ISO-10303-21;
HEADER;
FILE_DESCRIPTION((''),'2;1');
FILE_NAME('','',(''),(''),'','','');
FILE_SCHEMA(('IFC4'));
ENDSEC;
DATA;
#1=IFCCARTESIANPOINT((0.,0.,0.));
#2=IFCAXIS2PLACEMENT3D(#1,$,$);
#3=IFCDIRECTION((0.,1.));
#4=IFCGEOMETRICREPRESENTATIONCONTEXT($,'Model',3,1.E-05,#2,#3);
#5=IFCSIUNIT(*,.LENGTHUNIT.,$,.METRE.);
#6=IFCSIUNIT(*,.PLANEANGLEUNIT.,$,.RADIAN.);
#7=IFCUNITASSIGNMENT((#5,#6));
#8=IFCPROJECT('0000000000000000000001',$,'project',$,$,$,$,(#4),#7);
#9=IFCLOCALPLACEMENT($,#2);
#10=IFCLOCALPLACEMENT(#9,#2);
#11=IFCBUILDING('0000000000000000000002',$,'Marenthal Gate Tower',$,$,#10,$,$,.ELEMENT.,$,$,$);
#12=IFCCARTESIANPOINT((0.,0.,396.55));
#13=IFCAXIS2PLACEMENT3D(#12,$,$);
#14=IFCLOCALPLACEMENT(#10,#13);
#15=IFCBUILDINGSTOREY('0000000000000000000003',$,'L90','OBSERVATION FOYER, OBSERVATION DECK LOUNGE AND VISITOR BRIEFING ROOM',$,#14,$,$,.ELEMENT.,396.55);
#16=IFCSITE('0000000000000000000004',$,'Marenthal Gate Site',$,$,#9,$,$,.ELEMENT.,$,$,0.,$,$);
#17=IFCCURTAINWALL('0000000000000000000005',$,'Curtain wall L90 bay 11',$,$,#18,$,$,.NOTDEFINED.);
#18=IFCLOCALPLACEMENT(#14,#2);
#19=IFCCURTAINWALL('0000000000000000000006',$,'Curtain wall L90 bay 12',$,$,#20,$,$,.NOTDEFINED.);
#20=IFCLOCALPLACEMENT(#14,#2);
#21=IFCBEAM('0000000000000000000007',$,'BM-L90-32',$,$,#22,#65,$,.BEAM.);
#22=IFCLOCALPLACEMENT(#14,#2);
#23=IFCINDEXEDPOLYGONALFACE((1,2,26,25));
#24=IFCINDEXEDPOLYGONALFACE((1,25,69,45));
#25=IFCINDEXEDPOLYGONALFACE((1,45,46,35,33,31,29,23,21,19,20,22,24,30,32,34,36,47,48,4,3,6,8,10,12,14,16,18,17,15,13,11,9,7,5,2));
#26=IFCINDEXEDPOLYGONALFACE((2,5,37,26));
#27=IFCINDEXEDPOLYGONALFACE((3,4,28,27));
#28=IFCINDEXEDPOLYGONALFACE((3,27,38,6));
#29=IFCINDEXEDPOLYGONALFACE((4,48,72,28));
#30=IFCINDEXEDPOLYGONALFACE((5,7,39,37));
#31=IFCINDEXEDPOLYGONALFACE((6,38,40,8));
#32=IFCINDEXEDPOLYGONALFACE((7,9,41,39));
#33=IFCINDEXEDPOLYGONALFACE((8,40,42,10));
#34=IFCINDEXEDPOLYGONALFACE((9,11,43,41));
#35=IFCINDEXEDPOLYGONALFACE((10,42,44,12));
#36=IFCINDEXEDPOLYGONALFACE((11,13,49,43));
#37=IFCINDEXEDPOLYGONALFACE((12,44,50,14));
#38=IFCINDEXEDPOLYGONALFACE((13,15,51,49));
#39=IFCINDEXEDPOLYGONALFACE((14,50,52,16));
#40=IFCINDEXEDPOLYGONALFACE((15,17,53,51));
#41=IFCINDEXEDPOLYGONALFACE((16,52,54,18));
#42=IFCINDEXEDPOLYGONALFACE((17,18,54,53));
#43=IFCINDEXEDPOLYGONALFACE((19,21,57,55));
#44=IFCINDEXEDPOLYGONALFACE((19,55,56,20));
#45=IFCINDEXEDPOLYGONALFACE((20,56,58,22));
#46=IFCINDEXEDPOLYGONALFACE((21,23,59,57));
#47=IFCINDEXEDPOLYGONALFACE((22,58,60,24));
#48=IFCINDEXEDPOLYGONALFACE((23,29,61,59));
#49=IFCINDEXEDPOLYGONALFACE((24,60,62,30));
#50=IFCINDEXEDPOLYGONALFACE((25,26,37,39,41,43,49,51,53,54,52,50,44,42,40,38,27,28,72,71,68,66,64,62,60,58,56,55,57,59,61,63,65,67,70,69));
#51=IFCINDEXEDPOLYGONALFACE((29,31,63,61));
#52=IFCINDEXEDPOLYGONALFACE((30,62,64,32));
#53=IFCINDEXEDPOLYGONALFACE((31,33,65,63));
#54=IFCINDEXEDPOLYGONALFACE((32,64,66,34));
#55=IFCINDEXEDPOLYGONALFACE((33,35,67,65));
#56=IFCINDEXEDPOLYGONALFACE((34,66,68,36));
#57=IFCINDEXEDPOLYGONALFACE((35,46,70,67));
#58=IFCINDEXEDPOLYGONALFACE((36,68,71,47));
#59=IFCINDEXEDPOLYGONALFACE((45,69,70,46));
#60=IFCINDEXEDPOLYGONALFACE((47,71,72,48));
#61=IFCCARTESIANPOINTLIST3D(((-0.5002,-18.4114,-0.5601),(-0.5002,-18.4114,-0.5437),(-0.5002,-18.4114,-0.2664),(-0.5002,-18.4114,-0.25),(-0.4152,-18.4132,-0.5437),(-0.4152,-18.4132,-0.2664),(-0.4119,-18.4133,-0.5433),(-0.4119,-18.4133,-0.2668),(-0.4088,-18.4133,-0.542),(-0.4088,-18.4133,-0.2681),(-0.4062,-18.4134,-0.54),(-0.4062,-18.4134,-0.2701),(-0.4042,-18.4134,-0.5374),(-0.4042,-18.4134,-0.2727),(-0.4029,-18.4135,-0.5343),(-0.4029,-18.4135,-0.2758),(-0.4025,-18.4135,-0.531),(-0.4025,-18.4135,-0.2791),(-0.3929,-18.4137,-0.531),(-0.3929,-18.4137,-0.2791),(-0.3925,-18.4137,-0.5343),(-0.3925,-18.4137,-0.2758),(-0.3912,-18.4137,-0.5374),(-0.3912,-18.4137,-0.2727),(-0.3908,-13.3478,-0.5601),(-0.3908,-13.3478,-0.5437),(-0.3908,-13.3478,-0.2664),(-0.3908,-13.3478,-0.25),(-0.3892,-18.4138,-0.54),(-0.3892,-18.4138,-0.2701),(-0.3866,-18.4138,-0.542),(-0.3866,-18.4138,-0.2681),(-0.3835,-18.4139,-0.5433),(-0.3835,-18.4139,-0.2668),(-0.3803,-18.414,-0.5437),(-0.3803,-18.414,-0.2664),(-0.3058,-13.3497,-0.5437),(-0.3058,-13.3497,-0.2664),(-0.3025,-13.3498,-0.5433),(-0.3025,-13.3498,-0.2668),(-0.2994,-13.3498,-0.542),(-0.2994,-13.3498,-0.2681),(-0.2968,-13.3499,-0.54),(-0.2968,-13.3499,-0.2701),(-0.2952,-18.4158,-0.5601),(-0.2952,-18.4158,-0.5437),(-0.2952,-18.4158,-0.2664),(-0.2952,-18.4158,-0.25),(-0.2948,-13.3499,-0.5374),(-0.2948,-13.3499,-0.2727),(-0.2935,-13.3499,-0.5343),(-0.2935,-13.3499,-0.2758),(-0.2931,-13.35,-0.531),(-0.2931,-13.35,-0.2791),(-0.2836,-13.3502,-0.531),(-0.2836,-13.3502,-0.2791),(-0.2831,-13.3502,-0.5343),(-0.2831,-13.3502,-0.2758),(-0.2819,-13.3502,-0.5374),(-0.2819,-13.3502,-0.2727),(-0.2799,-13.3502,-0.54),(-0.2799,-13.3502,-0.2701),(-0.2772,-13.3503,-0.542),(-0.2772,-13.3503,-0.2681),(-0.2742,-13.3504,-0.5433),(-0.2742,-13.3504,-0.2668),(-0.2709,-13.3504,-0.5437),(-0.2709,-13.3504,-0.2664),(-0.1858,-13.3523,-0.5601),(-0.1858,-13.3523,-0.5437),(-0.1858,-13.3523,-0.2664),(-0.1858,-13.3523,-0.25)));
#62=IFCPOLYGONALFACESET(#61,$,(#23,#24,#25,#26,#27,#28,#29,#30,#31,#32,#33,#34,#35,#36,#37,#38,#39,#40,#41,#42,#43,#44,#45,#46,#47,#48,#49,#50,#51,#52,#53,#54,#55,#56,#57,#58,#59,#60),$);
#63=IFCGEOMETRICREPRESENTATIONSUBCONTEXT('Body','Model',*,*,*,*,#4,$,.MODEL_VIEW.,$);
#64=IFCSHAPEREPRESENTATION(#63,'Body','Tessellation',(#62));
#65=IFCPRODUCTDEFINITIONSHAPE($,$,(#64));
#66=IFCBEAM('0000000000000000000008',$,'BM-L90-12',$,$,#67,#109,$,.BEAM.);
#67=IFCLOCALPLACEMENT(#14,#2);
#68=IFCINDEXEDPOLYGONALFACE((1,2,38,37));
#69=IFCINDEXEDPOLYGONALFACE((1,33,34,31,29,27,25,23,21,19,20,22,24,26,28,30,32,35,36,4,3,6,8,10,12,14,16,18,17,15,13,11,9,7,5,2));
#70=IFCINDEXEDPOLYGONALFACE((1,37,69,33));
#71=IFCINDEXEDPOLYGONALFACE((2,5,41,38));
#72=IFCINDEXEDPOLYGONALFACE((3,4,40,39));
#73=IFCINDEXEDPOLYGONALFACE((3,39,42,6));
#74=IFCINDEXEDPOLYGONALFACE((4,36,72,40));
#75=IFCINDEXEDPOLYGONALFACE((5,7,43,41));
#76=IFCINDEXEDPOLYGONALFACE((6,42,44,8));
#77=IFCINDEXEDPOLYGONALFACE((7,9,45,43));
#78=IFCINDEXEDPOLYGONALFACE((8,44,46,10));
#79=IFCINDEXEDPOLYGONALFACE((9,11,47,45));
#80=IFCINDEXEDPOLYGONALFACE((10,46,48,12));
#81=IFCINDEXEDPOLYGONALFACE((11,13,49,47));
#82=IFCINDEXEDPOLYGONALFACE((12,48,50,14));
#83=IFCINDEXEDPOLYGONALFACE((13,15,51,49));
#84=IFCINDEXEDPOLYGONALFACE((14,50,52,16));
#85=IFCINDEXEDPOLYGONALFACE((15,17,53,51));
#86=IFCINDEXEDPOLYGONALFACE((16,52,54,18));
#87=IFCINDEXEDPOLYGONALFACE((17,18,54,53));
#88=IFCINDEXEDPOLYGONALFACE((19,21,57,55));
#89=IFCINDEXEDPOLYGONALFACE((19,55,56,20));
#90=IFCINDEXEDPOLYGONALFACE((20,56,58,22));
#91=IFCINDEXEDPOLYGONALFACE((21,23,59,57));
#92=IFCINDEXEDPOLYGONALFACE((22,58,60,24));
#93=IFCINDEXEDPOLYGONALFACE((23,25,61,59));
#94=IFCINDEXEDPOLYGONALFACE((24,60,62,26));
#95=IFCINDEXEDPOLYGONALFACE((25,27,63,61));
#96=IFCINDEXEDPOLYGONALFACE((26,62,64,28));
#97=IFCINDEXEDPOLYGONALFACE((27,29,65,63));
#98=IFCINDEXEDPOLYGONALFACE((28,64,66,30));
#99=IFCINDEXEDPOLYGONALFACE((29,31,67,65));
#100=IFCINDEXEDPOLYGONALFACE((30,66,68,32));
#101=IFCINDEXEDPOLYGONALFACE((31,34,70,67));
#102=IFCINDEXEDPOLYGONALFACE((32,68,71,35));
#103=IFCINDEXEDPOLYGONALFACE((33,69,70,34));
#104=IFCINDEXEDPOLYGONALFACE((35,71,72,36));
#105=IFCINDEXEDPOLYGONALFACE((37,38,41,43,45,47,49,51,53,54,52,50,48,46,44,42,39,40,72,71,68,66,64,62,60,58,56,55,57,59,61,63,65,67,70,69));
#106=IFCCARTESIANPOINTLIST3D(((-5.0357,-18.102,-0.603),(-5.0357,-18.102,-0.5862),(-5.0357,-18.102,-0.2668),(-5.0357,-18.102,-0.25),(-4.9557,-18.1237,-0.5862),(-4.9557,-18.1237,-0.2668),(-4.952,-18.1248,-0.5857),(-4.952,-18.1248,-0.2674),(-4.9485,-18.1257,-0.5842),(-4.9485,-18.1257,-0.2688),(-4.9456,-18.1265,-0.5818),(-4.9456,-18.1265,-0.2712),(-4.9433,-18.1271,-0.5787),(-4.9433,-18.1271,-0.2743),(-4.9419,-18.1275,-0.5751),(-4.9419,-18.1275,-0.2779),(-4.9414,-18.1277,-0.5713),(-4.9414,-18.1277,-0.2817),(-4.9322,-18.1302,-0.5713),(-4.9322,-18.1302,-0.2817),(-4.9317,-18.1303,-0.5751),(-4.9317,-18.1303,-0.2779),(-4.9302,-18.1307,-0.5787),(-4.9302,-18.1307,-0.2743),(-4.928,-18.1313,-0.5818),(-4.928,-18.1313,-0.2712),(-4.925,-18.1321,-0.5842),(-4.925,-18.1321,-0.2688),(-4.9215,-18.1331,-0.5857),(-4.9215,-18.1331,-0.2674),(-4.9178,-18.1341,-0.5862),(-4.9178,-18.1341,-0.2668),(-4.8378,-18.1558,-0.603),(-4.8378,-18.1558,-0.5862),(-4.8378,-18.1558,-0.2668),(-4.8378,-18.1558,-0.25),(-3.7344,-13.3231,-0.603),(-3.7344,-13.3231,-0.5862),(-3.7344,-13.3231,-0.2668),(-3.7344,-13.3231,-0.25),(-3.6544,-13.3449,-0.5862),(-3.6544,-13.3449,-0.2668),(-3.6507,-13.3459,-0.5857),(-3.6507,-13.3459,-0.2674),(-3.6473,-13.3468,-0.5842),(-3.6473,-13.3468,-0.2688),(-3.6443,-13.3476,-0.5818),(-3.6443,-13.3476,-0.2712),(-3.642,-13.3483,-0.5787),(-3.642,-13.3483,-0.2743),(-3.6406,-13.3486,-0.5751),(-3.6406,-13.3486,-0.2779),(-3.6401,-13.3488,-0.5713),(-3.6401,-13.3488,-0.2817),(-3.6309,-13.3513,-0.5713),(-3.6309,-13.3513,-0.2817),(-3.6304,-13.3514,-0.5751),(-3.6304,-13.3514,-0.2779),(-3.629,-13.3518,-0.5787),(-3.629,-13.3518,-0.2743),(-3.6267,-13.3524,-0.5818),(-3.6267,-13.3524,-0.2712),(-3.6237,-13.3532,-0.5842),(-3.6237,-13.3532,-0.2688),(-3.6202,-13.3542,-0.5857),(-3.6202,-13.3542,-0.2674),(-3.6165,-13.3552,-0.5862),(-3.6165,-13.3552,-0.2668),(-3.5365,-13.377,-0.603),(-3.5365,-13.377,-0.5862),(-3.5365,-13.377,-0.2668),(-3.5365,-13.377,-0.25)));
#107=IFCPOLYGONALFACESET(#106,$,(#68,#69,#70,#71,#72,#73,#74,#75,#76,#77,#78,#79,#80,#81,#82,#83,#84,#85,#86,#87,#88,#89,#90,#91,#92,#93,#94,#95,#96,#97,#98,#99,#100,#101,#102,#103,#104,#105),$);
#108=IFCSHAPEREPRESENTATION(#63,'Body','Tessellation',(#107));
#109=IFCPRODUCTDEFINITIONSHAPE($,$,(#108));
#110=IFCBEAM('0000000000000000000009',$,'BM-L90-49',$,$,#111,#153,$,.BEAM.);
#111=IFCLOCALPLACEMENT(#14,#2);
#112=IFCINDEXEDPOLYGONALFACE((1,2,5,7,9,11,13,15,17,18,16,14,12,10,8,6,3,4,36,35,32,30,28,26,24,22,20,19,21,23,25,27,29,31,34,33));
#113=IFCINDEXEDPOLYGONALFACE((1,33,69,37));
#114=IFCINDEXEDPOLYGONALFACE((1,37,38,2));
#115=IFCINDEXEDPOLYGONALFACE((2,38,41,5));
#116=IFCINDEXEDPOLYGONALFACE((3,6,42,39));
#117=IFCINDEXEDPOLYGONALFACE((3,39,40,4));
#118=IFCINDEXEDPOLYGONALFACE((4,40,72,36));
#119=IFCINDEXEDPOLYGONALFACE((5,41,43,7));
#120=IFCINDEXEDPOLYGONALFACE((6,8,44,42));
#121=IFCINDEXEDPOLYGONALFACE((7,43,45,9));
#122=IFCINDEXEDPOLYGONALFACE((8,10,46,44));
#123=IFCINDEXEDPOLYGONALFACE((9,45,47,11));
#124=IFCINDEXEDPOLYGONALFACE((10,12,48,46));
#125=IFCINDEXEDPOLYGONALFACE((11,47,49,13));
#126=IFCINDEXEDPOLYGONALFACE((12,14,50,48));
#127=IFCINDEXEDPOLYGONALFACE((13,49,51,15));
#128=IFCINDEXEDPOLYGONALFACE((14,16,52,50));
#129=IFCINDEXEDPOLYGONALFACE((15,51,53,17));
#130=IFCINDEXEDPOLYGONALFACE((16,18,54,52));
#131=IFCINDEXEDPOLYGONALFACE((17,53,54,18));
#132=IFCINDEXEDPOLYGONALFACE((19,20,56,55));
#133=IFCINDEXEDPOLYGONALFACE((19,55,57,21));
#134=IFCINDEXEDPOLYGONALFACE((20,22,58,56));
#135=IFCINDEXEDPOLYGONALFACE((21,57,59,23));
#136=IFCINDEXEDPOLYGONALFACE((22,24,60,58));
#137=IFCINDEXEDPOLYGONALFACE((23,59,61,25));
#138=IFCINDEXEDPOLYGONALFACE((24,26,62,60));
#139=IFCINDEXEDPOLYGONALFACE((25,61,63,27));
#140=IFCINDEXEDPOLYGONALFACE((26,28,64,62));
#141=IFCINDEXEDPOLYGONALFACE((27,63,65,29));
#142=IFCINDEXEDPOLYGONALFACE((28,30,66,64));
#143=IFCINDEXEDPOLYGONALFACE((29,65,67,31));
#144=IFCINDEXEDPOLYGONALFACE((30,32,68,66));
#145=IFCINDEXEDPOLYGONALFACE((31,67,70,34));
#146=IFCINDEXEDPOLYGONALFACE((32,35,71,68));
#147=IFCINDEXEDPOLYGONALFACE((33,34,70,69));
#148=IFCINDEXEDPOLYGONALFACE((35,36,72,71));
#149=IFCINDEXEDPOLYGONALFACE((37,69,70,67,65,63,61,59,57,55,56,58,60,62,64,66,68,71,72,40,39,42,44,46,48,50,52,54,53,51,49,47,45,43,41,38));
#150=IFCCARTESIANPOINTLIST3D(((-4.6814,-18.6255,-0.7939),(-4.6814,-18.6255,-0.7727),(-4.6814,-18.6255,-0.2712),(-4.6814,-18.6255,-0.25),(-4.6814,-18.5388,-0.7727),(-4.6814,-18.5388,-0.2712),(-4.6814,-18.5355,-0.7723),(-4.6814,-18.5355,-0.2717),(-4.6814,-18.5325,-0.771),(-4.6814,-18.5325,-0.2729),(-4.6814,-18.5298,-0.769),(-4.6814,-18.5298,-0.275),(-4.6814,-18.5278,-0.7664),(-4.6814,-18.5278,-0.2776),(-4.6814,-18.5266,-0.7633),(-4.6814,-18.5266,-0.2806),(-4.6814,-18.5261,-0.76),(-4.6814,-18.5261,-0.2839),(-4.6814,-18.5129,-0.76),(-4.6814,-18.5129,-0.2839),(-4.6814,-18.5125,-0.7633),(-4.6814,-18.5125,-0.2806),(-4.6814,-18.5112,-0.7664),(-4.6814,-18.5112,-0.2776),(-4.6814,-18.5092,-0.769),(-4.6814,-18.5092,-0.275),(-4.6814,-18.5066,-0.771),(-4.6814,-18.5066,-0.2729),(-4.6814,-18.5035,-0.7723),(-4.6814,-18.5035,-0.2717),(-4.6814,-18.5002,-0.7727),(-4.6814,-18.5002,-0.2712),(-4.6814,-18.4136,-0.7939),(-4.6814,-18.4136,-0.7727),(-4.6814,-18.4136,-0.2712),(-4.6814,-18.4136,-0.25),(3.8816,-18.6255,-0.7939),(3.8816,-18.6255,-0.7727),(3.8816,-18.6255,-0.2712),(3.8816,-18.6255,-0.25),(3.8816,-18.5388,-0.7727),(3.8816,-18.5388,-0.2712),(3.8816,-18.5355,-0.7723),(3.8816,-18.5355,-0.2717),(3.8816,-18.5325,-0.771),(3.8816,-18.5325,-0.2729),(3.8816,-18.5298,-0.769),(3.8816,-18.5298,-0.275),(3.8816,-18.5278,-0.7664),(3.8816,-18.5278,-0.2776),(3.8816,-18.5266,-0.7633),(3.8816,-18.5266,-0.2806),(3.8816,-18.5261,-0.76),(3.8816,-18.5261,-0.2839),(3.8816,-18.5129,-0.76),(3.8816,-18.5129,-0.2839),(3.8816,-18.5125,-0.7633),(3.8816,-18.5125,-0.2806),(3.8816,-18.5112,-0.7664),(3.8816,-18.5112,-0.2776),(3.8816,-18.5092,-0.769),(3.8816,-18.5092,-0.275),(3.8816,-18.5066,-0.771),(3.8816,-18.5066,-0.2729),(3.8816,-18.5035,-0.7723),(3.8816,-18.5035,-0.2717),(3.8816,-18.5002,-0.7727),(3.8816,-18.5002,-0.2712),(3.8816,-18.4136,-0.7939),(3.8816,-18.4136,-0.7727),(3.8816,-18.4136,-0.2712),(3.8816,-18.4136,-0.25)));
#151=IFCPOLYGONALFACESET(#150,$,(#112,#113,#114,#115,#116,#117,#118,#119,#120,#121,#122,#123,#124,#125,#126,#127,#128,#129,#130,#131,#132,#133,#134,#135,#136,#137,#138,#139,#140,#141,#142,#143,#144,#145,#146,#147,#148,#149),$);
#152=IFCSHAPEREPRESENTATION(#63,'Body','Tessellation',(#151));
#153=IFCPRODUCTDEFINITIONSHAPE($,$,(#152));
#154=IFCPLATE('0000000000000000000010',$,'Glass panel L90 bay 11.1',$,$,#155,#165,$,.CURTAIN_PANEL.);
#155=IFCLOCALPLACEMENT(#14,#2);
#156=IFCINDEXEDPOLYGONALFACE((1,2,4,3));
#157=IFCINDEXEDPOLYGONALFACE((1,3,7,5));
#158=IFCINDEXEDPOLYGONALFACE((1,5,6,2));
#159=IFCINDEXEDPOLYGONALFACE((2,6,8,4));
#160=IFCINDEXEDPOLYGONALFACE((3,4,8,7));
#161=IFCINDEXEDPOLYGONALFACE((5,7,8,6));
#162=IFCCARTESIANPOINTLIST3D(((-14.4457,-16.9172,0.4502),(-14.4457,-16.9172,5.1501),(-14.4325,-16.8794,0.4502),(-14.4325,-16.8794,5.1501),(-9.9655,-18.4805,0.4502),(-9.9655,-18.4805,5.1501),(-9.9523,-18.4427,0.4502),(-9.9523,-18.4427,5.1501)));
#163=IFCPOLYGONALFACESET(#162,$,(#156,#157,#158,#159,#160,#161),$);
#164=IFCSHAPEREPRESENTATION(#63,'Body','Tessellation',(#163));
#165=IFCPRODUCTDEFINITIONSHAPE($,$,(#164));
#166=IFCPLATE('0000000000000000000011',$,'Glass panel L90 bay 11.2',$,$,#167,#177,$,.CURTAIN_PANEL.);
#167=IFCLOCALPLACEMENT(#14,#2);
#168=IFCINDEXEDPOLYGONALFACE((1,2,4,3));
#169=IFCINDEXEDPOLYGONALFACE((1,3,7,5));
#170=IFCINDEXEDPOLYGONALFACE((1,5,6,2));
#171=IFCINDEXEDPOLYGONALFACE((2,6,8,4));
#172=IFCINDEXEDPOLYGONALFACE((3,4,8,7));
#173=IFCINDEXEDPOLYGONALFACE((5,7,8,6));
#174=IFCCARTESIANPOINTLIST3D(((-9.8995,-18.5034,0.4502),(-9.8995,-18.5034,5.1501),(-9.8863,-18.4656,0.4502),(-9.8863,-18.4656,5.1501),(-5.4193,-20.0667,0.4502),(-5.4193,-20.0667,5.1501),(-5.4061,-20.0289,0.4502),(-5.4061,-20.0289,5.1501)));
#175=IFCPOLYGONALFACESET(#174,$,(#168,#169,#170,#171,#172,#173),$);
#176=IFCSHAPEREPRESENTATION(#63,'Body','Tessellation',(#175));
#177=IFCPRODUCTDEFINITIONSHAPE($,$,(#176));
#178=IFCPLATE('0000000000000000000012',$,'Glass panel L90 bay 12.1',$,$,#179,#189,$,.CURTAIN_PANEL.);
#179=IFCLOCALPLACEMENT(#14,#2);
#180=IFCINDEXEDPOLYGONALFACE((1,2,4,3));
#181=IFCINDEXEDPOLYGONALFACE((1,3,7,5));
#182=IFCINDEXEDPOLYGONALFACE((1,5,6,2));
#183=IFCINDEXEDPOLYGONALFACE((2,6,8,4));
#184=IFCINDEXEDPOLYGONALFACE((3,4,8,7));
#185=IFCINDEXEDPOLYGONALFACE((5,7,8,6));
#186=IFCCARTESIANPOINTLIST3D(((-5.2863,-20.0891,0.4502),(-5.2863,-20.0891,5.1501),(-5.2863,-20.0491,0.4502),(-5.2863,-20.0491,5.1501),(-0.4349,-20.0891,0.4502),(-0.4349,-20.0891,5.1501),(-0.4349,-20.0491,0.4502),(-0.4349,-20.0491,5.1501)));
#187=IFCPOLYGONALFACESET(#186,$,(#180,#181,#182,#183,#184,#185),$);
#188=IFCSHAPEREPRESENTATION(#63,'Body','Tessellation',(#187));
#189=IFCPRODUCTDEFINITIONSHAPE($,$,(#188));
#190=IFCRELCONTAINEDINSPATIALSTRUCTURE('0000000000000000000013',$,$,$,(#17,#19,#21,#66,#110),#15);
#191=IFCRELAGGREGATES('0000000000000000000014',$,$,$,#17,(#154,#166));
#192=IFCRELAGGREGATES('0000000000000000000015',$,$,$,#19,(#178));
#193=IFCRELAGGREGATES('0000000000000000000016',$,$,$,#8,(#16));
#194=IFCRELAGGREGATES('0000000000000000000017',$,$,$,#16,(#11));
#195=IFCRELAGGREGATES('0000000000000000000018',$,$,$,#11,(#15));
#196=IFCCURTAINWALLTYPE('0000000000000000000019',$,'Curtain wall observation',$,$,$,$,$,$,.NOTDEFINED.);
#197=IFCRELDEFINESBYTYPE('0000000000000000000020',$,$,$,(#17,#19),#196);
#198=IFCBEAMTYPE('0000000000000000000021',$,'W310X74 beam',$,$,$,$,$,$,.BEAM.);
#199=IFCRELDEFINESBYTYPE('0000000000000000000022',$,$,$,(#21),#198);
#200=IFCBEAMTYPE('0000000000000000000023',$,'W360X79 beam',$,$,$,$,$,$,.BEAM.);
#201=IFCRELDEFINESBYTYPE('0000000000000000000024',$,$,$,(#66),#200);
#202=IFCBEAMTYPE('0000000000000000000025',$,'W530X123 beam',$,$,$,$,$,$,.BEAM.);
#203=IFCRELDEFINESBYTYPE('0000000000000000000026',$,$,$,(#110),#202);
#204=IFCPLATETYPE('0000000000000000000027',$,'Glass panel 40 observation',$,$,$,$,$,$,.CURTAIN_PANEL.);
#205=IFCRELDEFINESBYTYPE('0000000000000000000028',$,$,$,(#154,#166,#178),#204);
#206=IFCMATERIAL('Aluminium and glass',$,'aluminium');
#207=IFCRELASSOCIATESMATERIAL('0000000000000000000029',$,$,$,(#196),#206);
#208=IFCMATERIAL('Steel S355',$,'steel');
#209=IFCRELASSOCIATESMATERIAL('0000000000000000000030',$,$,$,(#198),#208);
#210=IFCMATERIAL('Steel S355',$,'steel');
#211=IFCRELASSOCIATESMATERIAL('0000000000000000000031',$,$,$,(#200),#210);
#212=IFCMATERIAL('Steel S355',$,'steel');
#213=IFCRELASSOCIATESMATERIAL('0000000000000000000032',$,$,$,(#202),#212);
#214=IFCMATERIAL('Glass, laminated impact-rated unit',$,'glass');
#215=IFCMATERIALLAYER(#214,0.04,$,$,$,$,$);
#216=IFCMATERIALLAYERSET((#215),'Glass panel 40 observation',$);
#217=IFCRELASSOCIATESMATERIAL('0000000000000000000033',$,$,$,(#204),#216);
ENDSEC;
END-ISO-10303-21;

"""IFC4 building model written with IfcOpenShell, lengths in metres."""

from ifc_helpers import new_model, si_unit, direction, frame, origin, origin_2d, place, context, subcontext, project, spatial, rectangle, i_section, extrude, material, layer, layer_set, material_profile, profile_set, type_object, element, aggregate, save


model = new_model("IFC4")

# Units and contexts
model_context = context("Model", 3, precision=1e-05, world=origin(), true_north=direction((0.0, 1.0)))
body_context = subcontext(model_context, "Body", "Model", "MODEL_VIEW")
ifc_project = project(units=[si_unit("LENGTHUNIT", "METRE"), si_unit("PLANEANGLEUNIT", "RADIAN")], contexts=[model_context])

# Site, building, storey
site_placement = place(None, origin())
site = spatial("IfcSite", under=ifc_project, at=site_placement, Name="Marenthal Gate Site", CompositionType="ELEMENT", RefElevation=0.0)
building_placement = place(site_placement, origin())
building = spatial("IfcBuilding", under=site, at=building_placement, Name="Marenthal Gate Tower", CompositionType="ELEMENT")
storey_placement = place(building_placement, frame((0.0, 0.0, 396.55)))
storey = spatial("IfcBuildingStorey", under=building, at=storey_placement, Name="L90", Description="OBSERVATION FOYER, OBSERVATION DECK LOUNGE AND VISITOR BRIEFING ROOM", CompositionType="ELEMENT", Elevation=396.55)

# Curtain walls
ifc_material_1 = material(Name="Aluminium and glass", Category="aluminium")
curtain_wall_type = type_object("IfcCurtainWallType", Name="Curtain wall observation", PredefinedType="NOTDEFINED", material=ifc_material_1)
curtain_wall_1_placement = place(storey_placement, origin())
curtain_wall_1 = element("IfcCurtainWall", 1, at=curtain_wall_1_placement, inside=storey, type_object=curtain_wall_type, Name="Curtain wall L90 bay 11", PredefinedType="NOTDEFINED")
curtain_wall_2_placement = place(storey_placement, origin())
curtain_wall_2 = element("IfcCurtainWall", 2, at=curtain_wall_2_placement, inside=storey, type_object=curtain_wall_type, Name="Curtain wall L90 bay 12", PredefinedType="NOTDEFINED")

# Beams
ifc_material_2 = material(Name="Steel S355", Category="steel")
ifc_material_profile_1 = material_profile(ifc_material_2, i_section(OverallWidth=0.2051, OverallDepth=0.3101, WebThickness=0.0095, FlangeThickness=0.0164, FilletRadius=0.0127, at=origin_2d()), Name="W310X74")
ifc_profile_set_1 = profile_set([ifc_material_profile_1], Name="Steel S355")
beam_type_1 = type_object("IfcBeamType", Name="W310X74 beam", PredefinedType="BEAM", material=ifc_profile_set_1)
beam_1_placement = place(storey_placement, frame((-0.3977, -18.4136, -0.405), z_axis=(0.021596, 0.999767, 0.0), x_axis=(-0.999767, 0.021596, 0.0)))
element("IfcBeam", 3, at=beam_1_placement, inside=storey, type_object=beam_type_1, Name="BM-L90-32", PredefinedType="BEAM", context=body_context, shape_type="SweptSolid", body=[
    extrude(i_section(OverallWidth=0.2051, OverallDepth=0.3101, WebThickness=0.0095, FlangeThickness=0.0164, FilletRadius=0.0127, at=origin_2d()), origin(), (0.0, 0.0, 1.0), 5.0647),
])
ifc_material_3 = material(Name="Steel S355", Category="steel")
ifc_material_profile_2 = material_profile(ifc_material_3, i_section(OverallWidth=0.2051, OverallDepth=0.353, WebThickness=0.0095, FlangeThickness=0.0168, FilletRadius=0.0149, at=origin_2d()), Name="W360X79")
ifc_profile_set_2 = profile_set([ifc_material_profile_2], Name="Steel S355")
beam_type_2 = type_object("IfcBeamType", Name="W360X79 beam", PredefinedType="BEAM", material=ifc_profile_set_2)
beam_2_placement = place(storey_placement, frame((-4.9368, -18.1289, -0.4265), z_axis=(0.262734, 0.964868, 0.0), x_axis=(-0.964868, 0.262734, 0.0)))
element("IfcBeam", 4, at=beam_2_placement, inside=storey, type_object=beam_type_2, Name="BM-L90-12", PredefinedType="BEAM", context=body_context, shape_type="SweptSolid", body=[
    extrude(i_section(OverallWidth=0.2051, OverallDepth=0.353, WebThickness=0.0095, FlangeThickness=0.0168, FilletRadius=0.0149, at=origin_2d()), origin(), (0.0, 0.0, 1.0), 4.9529),
])
ifc_material_4 = material(Name="Steel S355", Category="steel")
ifc_material_profile_3 = material_profile(ifc_material_4, i_section(OverallWidth=0.2119, OverallDepth=0.5439, WebThickness=0.0132, FlangeThickness=0.0212, FilletRadius=0.0127, at=origin_2d()), Name="W530X123")
ifc_profile_set_3 = profile_set([ifc_material_profile_3], Name="Steel S355")
beam_type_3 = type_object("IfcBeamType", Name="W530X123 beam", PredefinedType="BEAM", material=ifc_profile_set_3)
beam_3_placement = place(storey_placement, frame((-4.6814, -18.5195, -0.522), z_axis=(1.0, 0.0, 0.0), x_axis=(0.0, 1.0, 0.0)))
element("IfcBeam", 5, at=beam_3_placement, inside=storey, type_object=beam_type_3, Name="BM-L90-49", PredefinedType="BEAM", context=body_context, shape_type="SweptSolid", body=[
    extrude(i_section(OverallWidth=0.2119, OverallDepth=0.5439, WebThickness=0.0132, FlangeThickness=0.0212, FilletRadius=0.0127, at=origin_2d()), origin(), (0.0, 0.0, 1.0), 8.563),
])

# Plates
ifc_material_5 = material(Name="Glass, laminated impact-rated unit", Category="glass")
ifc_layer_1 = layer(ifc_material_5, 0.04)
ifc_layer_set_1 = layer_set([ifc_layer_1], Name="Glass panel 40 observation")
plate_type = type_object("IfcPlateType", Name="Glass panel 40 observation", PredefinedType="CURTAIN_PANEL", material=ifc_layer_set_1)
plate_1_placement = place(storey_placement, frame((-12.199, -17.6799, 0.4502), z_axis=(0.0, 0.0, 1.0), x_axis=(0.944172, -0.329454, 0.0)))
plate_1 = element("IfcPlate", 6, at=plate_1_placement, type_object=plate_type, Name="Glass panel L90 bay 11.1", PredefinedType="CURTAIN_PANEL", context=body_context, shape_type="SweptSolid", body=[
    extrude(rectangle(XDim=4.7451, YDim=0.04, at=origin_2d()), origin(), (0.0, 0.0, 1.0), 4.7),
])
plate_2_placement = place(storey_placement, frame((-7.6528, -19.2661, 0.4502), z_axis=(0.0, 0.0, 1.0), x_axis=(0.944172, -0.329454, 0.0)))
plate_2 = element("IfcPlate", 7, at=plate_2_placement, type_object=plate_type, Name="Glass panel L90 bay 11.2", PredefinedType="CURTAIN_PANEL", context=body_context, shape_type="SweptSolid", body=[
    extrude(rectangle(XDim=4.7451, YDim=0.04, at=origin_2d()), origin(), (0.0, 0.0, 1.0), 4.7),
])
aggregate(curtain_wall_1, [plate_1, plate_2])
plate_3_placement = place(storey_placement, frame((-2.8606, -20.0691, 0.4502), z_axis=(0.0, 0.0, 1.0), x_axis=(1.0, 0.0, 0.0)))
plate_3 = element("IfcPlate", 8, at=plate_3_placement, type_object=plate_type, Name="Glass panel L90 bay 12.1", PredefinedType="CURTAIN_PANEL", context=body_context, shape_type="SweptSolid", body=[
    extrude(rectangle(XDim=4.8513, YDim=0.04, at=origin_2d()), origin(), (0.0, 0.0, 1.0), 4.7),
])
aggregate(curtain_wall_2, [plate_3])

save(model, "model.ifc")
